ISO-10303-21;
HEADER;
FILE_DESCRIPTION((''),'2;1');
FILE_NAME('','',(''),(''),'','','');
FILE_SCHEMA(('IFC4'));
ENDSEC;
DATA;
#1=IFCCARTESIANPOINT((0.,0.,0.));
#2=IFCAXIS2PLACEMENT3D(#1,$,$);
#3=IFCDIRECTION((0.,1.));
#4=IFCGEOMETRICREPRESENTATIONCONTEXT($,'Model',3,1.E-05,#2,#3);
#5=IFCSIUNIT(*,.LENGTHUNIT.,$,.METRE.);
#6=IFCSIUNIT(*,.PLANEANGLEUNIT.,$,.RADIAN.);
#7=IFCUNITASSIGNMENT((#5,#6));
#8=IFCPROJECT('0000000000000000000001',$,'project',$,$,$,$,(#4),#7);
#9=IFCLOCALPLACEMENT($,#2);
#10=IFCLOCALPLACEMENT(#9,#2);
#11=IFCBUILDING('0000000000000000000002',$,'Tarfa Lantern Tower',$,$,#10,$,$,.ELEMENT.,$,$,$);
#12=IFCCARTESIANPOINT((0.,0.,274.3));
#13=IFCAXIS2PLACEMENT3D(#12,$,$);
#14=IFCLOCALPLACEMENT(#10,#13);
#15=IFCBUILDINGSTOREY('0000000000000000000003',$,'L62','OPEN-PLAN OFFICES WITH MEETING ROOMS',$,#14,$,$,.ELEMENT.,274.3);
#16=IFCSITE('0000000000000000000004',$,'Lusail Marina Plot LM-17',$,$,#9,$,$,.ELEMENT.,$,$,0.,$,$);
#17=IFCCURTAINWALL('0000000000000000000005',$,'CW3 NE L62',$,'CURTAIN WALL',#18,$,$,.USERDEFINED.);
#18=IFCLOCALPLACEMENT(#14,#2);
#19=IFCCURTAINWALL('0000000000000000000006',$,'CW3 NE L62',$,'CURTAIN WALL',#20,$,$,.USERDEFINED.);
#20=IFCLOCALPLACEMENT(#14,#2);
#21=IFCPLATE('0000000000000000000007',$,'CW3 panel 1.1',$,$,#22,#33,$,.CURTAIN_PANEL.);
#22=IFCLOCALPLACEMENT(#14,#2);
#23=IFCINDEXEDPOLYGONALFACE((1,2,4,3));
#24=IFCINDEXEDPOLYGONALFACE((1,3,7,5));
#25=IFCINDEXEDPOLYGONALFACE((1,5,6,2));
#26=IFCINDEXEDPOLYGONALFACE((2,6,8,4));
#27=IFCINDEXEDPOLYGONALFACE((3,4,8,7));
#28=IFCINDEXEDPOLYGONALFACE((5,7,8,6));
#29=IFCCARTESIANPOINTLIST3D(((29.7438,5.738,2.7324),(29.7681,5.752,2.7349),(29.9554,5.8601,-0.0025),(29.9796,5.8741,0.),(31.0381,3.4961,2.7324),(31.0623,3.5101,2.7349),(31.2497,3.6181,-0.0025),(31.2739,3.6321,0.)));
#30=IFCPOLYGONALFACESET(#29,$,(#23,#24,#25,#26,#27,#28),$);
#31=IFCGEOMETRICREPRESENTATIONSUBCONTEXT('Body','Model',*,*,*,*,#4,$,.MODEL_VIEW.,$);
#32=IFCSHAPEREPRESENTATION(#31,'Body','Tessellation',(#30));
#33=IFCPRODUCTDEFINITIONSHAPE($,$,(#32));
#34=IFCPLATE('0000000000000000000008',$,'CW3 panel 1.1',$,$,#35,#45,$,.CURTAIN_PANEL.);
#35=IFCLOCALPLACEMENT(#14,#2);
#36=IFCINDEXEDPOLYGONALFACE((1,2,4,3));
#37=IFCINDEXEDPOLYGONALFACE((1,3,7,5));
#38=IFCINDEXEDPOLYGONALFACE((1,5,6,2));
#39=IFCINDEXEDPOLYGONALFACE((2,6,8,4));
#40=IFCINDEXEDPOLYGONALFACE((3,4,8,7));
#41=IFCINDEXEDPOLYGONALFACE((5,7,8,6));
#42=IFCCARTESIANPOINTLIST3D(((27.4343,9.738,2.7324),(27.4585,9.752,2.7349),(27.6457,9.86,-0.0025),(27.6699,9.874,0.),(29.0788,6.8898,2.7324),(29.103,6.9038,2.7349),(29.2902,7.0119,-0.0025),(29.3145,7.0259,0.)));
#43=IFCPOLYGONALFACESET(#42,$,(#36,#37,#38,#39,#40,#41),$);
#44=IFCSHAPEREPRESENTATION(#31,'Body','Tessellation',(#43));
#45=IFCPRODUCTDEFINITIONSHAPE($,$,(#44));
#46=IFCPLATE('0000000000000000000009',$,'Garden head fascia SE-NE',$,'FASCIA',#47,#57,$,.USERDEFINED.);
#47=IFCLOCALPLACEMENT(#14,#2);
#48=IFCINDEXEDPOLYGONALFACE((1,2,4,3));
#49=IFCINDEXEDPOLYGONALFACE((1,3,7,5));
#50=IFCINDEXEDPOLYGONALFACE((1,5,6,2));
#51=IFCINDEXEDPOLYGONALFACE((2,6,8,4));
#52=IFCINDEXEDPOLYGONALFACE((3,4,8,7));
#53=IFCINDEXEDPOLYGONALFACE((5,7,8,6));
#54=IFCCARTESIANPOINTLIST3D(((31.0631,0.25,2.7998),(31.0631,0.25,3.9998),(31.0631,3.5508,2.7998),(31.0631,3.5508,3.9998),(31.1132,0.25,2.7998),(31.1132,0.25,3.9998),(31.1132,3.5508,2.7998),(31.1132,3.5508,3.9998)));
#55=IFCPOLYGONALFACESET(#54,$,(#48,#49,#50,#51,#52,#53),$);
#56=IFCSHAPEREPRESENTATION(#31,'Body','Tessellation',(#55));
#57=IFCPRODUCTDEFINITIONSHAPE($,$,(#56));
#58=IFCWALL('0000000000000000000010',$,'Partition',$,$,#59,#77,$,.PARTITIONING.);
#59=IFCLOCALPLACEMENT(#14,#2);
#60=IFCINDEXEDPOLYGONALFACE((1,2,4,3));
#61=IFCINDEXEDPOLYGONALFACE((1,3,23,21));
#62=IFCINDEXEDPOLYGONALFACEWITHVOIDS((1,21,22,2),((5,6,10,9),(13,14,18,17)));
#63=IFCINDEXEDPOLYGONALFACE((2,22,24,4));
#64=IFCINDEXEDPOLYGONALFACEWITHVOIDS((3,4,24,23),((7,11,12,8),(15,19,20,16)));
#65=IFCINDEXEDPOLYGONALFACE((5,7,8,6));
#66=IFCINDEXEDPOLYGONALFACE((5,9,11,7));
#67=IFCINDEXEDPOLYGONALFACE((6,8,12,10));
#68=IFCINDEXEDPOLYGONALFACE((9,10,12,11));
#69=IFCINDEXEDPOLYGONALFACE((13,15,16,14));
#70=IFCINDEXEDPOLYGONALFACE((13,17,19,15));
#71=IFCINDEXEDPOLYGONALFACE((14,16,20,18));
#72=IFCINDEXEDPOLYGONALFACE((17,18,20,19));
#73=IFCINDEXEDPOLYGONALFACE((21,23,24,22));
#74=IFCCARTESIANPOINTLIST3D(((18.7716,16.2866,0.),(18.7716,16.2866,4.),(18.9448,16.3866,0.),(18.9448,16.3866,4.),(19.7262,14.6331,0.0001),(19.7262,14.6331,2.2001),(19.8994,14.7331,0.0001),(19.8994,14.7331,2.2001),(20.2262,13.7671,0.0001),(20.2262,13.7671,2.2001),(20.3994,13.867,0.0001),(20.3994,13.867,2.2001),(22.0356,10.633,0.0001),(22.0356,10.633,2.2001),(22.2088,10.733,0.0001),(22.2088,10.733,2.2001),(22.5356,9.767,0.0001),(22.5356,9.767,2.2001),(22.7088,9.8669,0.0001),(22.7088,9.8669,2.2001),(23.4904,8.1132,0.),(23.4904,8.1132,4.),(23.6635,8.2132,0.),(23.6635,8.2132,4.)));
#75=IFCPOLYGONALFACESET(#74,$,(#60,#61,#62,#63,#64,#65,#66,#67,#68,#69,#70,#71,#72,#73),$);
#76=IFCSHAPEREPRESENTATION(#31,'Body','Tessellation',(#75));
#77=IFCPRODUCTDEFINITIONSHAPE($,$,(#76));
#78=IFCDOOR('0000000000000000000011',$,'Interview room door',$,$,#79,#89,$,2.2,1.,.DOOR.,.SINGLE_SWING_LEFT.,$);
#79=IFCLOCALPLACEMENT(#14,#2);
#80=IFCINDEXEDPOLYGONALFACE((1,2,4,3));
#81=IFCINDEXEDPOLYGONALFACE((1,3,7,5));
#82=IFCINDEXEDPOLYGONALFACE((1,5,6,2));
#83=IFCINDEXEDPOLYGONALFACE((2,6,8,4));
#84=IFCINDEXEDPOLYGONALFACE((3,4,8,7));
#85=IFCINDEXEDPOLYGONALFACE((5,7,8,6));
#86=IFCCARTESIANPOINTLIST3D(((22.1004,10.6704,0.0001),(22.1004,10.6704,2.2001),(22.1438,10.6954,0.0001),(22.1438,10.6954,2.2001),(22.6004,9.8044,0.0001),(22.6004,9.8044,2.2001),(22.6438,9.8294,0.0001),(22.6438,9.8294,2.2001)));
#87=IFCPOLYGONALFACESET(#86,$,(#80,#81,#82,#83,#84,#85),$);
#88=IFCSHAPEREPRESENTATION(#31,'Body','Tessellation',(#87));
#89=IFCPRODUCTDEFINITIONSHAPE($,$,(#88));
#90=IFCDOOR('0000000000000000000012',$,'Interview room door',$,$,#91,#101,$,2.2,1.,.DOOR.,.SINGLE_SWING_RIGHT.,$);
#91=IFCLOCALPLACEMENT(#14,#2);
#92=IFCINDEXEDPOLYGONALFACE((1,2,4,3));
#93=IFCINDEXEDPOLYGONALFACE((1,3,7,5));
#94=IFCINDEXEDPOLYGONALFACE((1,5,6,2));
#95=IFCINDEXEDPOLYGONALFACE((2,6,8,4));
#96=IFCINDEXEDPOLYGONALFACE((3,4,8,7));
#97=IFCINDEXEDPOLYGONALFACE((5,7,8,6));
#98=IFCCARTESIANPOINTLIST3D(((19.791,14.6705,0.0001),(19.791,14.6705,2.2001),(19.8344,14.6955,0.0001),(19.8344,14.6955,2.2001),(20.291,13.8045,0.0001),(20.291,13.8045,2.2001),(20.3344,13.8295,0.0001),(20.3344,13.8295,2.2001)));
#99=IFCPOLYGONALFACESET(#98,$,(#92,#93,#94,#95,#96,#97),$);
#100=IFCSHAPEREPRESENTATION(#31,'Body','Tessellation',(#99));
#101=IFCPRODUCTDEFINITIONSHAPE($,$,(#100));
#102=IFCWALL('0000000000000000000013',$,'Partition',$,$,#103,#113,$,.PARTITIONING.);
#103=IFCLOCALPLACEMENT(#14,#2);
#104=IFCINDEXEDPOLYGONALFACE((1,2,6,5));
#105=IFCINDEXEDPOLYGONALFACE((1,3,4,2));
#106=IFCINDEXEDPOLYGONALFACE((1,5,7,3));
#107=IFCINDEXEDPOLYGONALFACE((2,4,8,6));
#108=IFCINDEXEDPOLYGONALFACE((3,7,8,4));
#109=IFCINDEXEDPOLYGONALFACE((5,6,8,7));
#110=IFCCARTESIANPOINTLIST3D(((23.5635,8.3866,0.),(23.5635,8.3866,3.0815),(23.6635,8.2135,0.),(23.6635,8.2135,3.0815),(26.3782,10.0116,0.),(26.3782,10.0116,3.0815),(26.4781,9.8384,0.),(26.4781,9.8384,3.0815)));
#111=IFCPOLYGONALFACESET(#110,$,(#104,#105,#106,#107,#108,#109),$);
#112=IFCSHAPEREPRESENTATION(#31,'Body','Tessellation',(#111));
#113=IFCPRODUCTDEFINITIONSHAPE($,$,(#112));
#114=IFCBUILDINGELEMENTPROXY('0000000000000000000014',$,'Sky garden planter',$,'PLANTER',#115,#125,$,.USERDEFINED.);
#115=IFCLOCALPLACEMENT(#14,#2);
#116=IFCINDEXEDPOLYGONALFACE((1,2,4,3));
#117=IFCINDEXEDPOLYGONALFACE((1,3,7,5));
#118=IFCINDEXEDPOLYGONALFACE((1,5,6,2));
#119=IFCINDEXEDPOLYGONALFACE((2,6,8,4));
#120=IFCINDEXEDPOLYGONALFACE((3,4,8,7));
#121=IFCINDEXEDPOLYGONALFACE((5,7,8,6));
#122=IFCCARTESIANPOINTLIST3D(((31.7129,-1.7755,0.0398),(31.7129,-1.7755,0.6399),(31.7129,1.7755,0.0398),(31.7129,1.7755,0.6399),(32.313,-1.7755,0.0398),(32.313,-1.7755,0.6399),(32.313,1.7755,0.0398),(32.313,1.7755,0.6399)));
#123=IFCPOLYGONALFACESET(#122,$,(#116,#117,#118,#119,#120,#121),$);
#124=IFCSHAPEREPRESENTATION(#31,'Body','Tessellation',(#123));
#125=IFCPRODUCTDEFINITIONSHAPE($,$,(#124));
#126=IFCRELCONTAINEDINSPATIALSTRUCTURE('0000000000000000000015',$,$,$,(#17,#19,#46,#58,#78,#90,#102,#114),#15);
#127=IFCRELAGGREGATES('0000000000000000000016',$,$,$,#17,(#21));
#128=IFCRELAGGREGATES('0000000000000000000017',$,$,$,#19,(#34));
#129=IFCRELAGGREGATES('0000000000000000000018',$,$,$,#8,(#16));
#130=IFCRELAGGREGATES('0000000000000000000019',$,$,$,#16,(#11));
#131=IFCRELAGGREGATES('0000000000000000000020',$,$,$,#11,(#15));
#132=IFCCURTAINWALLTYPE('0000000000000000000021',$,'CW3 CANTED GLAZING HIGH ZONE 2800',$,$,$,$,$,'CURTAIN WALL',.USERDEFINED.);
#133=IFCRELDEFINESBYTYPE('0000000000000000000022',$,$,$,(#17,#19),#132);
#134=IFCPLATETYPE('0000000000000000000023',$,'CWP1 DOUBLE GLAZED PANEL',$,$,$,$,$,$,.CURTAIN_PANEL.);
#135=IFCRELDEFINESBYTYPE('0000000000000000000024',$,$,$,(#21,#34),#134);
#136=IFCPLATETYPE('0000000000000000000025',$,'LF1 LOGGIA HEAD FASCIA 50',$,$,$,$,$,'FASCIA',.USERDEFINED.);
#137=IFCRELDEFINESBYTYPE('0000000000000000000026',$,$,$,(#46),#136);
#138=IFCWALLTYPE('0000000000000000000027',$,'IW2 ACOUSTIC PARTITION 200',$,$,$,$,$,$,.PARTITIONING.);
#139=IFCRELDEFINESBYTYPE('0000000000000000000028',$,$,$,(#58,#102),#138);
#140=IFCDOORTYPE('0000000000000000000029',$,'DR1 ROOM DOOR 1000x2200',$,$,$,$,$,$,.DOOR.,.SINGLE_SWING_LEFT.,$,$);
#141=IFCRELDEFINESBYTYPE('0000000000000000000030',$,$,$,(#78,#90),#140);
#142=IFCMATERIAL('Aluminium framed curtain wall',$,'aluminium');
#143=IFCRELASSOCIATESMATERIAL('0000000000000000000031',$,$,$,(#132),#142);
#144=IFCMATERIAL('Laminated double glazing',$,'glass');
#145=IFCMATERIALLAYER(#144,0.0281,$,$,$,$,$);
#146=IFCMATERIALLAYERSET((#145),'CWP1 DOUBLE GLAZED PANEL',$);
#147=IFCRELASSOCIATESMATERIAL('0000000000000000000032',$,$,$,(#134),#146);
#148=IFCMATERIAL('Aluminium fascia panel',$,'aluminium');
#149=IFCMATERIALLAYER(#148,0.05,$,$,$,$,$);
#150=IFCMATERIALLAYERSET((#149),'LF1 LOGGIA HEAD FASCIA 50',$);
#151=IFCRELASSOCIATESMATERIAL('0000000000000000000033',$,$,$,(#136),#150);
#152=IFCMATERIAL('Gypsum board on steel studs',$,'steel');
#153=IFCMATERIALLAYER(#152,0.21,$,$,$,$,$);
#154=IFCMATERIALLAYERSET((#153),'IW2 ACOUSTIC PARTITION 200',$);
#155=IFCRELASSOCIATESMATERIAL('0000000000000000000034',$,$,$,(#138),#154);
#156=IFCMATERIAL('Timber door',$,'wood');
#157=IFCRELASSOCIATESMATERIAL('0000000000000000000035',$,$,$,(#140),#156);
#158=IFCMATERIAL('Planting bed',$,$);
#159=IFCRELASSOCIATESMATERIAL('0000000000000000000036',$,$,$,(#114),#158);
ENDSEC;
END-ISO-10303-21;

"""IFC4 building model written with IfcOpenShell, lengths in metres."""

from ifc_helpers import new_model, si_unit, direction, frame, frame_2d, origin, origin_2d, place, context, subcontext, project, spatial, polyline, rectangle, outline, extrude, material, layer, layer_set, type_object, element, fill, aggregate, save


model = new_model("IFC4")

# Units and contexts
model_context = context("Model", 3, precision=1e-05, world=origin(), true_north=direction((0.0, 1.0)))
body_context = subcontext(model_context, "Body", "Model", "MODEL_VIEW")
ifc_project = project(units=[si_unit("LENGTHUNIT", "METRE"), si_unit("PLANEANGLEUNIT", "RADIAN")], contexts=[model_context])

# Site, building, storey
site_placement = place(None, origin())
site = spatial("IfcSite", under=ifc_project, at=site_placement, Name="Lusail Marina Plot LM-17", CompositionType="ELEMENT", RefElevation=0.0)
building_placement = place(site_placement, origin())
building = spatial("IfcBuilding", under=site, at=building_placement, Name="Tarfa Lantern Tower", CompositionType="ELEMENT")
storey_placement = place(building_placement, frame((0.0, 0.0, 274.3)))
storey = spatial("IfcBuildingStorey", under=building, at=storey_placement, Name="L62", Description="OPEN-PLAN OFFICES WITH MEETING ROOMS", CompositionType="ELEMENT", Elevation=274.3)

# Curtain walls
ifc_material_1 = material(Name="Aluminium framed curtain wall", Category="aluminium")
curtain_wall_type = type_object("IfcCurtainWallType", Name="CW3 CANTED GLAZING HIGH ZONE 2800", ElementType="CURTAIN WALL", PredefinedType="USERDEFINED", material=ifc_material_1)
curtain_wall_1_placement = place(storey_placement, origin())
curtain_wall_1 = element("IfcCurtainWall", 1, at=curtain_wall_1_placement, inside=storey, type_object=curtain_wall_type, Name="CW3 NE L62", ObjectType="CURTAIN WALL", PredefinedType="USERDEFINED")
curtain_wall_2_placement = place(storey_placement, origin())
curtain_wall_2 = element("IfcCurtainWall", 2, at=curtain_wall_2_placement, inside=storey, type_object=curtain_wall_type, Name="CW3 NE L62", ObjectType="CURTAIN WALL", PredefinedType="USERDEFINED")

# Plates
ifc_material_2 = material(Name="Laminated double glazing", Category="glass")
ifc_layer_1 = layer(ifc_material_2, 0.0281)
ifc_layer_set_1 = layer_set([ifc_layer_1], Name="CWP1 DOUBLE GLAZED PANEL")
plate_type_1 = type_object("IfcPlateType", Name="CWP1 DOUBLE GLAZED PANEL", PredefinedType="CURTAIN_PANEL", material=ifc_layer_set_1)
plate_1_placement = place(storey_placement, frame((31.2739, 3.6321, 0.0), z_axis=(0.862605, 0.497996, 0.088952), x_axis=(-0.499979, 0.866038, 0.000004)))
plate_1 = element("IfcPlate", 3, at=plate_1_placement, type_object=plate_type_1, Name="CW3 panel 1.1", PredefinedType="CURTAIN_PANEL", context=body_context, shape_type="SweptSolid", body=[
    extrude(outline(polyline([(0.0, 0.0), (2.5888, 0.0), (2.5888, 2.7457), (0.0001, 2.7458), (0.0, 0.0)])), origin(), (0.0, 0.0, -1.0), 0.0281),
])
aggregate(curtain_wall_1, [plate_1])
plate_2_placement = place(storey_placement, frame((29.3145, 7.0259, 0.0), z_axis=(0.862575, 0.498055, 0.088914), x_axis=(-0.500035, 0.866005, 0.0)))
plate_2 = element("IfcPlate", 4, at=plate_2_placement, type_object=plate_type_1, Name="CW3 panel 1.1", PredefinedType="CURTAIN_PANEL", context=body_context, shape_type="SweptSolid", body=[
    extrude(outline(polyline([(0.0, 0.0), (3.2888, 0.0), (3.2888, 2.7457), (0.0, 2.7457), (0.0, 0.0)])), origin(), (0.0, 0.0, -1.0), 0.0281),
])
aggregate(curtain_wall_2, [plate_2])
ifc_material_3 = material(Name="Aluminium fascia panel", Category="aluminium")
ifc_layer_2 = layer(ifc_material_3, 0.05)
ifc_layer_set_2 = layer_set([ifc_layer_2], Name="LF1 LOGGIA HEAD FASCIA 50")
plate_type_2 = type_object("IfcPlateType", Name="LF1 LOGGIA HEAD FASCIA 50", ElementType="FASCIA", PredefinedType="USERDEFINED", material=ifc_layer_set_2)
plate_3_placement = place(storey_placement, frame((31.0881, 1.9004, 2.7998), z_axis=(0.0, 0.0, 1.0), x_axis=(0.0, 1.0, 0.0)))
element("IfcPlate", 5, at=plate_3_placement, inside=storey, type_object=plate_type_2, Name="Garden head fascia SE-NE", ObjectType="FASCIA", PredefinedType="USERDEFINED", context=body_context, shape_type="SweptSolid", body=[
    extrude(rectangle(XDim=3.3008, YDim=0.05, at=origin_2d()), origin(), (0.0, 0.0, 1.0), 1.2),
])

# Wall, openings, doors
ifc_material_4 = material(Name="Gypsum board on steel studs", Category="steel")
ifc_layer_3 = layer(ifc_material_4, 0.21)
ifc_layer_set_3 = layer_set([ifc_layer_3], Name="IW2 ACOUSTIC PARTITION 200")
wall_type = type_object("IfcWallType", Name="IW2 ACOUSTIC PARTITION 200", PredefinedType="PARTITIONING", material=ifc_layer_set_3)
wall_1_placement = place(storey_placement, frame((23.5769, 8.1633, 0.0), z_axis=(0.0, 0.0, 1.0), x_axis=(-0.49999, 0.866031, 0.0)))
wall_1 = element("IfcWall", 6, at=wall_1_placement, inside=storey, type_object=wall_type, Name="Partition", PredefinedType="PARTITIONING", context=body_context, shape_type="SweptSolid", body=[
    extrude(rectangle(XDim=9.4377, YDim=0.2, at=frame_2d((4.7188, 0.0))), origin(), (0.0, 0.0, 1.0), 4.0),
])
opening_1_placement = place(wall_1_placement, frame((1.9094, 0.0, 0.0)))
opening_1 = element("IfcOpeningElement", 7, at=opening_1_placement, cuts=wall_1, PredefinedType="OPENING", context=body_context, shape_type="SweptSolid", body=[
    extrude(rectangle(XDim=1.0, YDim=2.2, at=frame_2d((0.5, 1.1001))), frame((0.0, 0.1099, 0.0), z_axis=(0.0, -1.0, 0.0), x_axis=(1.0, 0.0, 0.0)), (0.0, 0.0, 1.0), 0.22),
])
opening_2_placement = place(wall_1_placement, frame((6.5283, 0.0, 0.0)))
opening_2 = element("IfcOpeningElement", 8, at=opening_2_placement, cuts=wall_1, PredefinedType="OPENING", context=body_context, shape_type="SweptSolid", body=[
    extrude(rectangle(XDim=1.0, YDim=2.2, at=frame_2d((0.5, 1.1001))), frame((0.0, 0.1099, 0.0), z_axis=(0.0, -1.0, 0.0), x_axis=(1.0, 0.0, 0.0)), (0.0, 0.0, 1.0), 0.22),
])
ifc_material_5 = material(Name="Timber door", Category="wood")
door_type = type_object("IfcDoorType", Name="DR1 ROOM DOOR 1000x2200", OperationType="SINGLE_SWING_LEFT", PredefinedType="DOOR", material=ifc_material_5)
door_1_placement = place(opening_1_placement, frame((1.0, 0.0, 0.0), z_axis=(0.0, 0.0, 1.0), x_axis=(-1.0, 0.0, 0.0)))
door_1 = element("IfcDoor", 9, at=door_1_placement, inside=storey, type_object=door_type, Name="Interview room door", OperationType="SINGLE_SWING_LEFT", OverallHeight=2.2, OverallWidth=1.0, PredefinedType="DOOR", context=body_context, shape_type="SweptSolid", body=[
    extrude(rectangle(XDim=1.0, YDim=2.2, at=frame_2d((0.5, 1.1001))), frame((0.0, 0.0249, 0.0), z_axis=(0.0, -1.0, 0.0), x_axis=(1.0, 0.0, 0.0)), (0.0, 0.0, 1.0), 0.05),
])
fill(opening_1, door_1)
door_2_placement = place(opening_2_placement, frame((1.0, 0.0, 0.0), z_axis=(0.0, 0.0, 1.0), x_axis=(-1.0, 0.0, 0.0)))
door_2 = element("IfcDoor", 10, at=door_2_placement, inside=storey, type_object=door_type, Name="Interview room door", OperationType="SINGLE_SWING_RIGHT", OverallHeight=2.2, OverallWidth=1.0, PredefinedType="DOOR", context=body_context, shape_type="SweptSolid", body=[
    extrude(rectangle(XDim=1.0, YDim=2.2, at=frame_2d((0.5, 1.1001))), frame((0.0, 0.0249, 0.0), z_axis=(0.0, -1.0, 0.0), x_axis=(1.0, 0.0, 0.0)), (0.0, 0.0, 1.0), 0.05),
])
fill(opening_2, door_2)

# Wall
wall_2_placement = place(storey_placement, frame((23.6135, 8.3, 0.0), z_axis=(0.0, 0.0, 1.0), x_axis=(0.866034, 0.499985, 0.0)))
element("IfcWall", 11, at=wall_2_placement, inside=storey, type_object=wall_type, Name="Partition", PredefinedType="PARTITIONING", context=body_context, shape_type="SweptSolid", body=[
    extrude(rectangle(XDim=3.25, YDim=0.2, at=frame_2d((1.625, 0.0))), origin(), (0.0, 0.0, 1.0), 3.0815),
])

# Building element proxy
ifc_material_6 = material(Name="Planting bed")
proxy_placement = place(storey_placement, frame((32.0129, 0.0, 0.0398), z_axis=(0.0, 0.0, 1.0), x_axis=(0.0, 1.0, 0.0)))
element("IfcBuildingElementProxy", 12, at=proxy_placement, inside=storey, material=ifc_material_6, Name="Sky garden planter", ObjectType="PLANTER", PredefinedType="USERDEFINED", context=body_context, shape_type="SweptSolid", body=[
    extrude(rectangle(XDim=3.551, YDim=0.6001, at=origin_2d()), origin(), (0.0, 0.0, 1.0), 0.6001),
])

save(model, "model.ifc")
